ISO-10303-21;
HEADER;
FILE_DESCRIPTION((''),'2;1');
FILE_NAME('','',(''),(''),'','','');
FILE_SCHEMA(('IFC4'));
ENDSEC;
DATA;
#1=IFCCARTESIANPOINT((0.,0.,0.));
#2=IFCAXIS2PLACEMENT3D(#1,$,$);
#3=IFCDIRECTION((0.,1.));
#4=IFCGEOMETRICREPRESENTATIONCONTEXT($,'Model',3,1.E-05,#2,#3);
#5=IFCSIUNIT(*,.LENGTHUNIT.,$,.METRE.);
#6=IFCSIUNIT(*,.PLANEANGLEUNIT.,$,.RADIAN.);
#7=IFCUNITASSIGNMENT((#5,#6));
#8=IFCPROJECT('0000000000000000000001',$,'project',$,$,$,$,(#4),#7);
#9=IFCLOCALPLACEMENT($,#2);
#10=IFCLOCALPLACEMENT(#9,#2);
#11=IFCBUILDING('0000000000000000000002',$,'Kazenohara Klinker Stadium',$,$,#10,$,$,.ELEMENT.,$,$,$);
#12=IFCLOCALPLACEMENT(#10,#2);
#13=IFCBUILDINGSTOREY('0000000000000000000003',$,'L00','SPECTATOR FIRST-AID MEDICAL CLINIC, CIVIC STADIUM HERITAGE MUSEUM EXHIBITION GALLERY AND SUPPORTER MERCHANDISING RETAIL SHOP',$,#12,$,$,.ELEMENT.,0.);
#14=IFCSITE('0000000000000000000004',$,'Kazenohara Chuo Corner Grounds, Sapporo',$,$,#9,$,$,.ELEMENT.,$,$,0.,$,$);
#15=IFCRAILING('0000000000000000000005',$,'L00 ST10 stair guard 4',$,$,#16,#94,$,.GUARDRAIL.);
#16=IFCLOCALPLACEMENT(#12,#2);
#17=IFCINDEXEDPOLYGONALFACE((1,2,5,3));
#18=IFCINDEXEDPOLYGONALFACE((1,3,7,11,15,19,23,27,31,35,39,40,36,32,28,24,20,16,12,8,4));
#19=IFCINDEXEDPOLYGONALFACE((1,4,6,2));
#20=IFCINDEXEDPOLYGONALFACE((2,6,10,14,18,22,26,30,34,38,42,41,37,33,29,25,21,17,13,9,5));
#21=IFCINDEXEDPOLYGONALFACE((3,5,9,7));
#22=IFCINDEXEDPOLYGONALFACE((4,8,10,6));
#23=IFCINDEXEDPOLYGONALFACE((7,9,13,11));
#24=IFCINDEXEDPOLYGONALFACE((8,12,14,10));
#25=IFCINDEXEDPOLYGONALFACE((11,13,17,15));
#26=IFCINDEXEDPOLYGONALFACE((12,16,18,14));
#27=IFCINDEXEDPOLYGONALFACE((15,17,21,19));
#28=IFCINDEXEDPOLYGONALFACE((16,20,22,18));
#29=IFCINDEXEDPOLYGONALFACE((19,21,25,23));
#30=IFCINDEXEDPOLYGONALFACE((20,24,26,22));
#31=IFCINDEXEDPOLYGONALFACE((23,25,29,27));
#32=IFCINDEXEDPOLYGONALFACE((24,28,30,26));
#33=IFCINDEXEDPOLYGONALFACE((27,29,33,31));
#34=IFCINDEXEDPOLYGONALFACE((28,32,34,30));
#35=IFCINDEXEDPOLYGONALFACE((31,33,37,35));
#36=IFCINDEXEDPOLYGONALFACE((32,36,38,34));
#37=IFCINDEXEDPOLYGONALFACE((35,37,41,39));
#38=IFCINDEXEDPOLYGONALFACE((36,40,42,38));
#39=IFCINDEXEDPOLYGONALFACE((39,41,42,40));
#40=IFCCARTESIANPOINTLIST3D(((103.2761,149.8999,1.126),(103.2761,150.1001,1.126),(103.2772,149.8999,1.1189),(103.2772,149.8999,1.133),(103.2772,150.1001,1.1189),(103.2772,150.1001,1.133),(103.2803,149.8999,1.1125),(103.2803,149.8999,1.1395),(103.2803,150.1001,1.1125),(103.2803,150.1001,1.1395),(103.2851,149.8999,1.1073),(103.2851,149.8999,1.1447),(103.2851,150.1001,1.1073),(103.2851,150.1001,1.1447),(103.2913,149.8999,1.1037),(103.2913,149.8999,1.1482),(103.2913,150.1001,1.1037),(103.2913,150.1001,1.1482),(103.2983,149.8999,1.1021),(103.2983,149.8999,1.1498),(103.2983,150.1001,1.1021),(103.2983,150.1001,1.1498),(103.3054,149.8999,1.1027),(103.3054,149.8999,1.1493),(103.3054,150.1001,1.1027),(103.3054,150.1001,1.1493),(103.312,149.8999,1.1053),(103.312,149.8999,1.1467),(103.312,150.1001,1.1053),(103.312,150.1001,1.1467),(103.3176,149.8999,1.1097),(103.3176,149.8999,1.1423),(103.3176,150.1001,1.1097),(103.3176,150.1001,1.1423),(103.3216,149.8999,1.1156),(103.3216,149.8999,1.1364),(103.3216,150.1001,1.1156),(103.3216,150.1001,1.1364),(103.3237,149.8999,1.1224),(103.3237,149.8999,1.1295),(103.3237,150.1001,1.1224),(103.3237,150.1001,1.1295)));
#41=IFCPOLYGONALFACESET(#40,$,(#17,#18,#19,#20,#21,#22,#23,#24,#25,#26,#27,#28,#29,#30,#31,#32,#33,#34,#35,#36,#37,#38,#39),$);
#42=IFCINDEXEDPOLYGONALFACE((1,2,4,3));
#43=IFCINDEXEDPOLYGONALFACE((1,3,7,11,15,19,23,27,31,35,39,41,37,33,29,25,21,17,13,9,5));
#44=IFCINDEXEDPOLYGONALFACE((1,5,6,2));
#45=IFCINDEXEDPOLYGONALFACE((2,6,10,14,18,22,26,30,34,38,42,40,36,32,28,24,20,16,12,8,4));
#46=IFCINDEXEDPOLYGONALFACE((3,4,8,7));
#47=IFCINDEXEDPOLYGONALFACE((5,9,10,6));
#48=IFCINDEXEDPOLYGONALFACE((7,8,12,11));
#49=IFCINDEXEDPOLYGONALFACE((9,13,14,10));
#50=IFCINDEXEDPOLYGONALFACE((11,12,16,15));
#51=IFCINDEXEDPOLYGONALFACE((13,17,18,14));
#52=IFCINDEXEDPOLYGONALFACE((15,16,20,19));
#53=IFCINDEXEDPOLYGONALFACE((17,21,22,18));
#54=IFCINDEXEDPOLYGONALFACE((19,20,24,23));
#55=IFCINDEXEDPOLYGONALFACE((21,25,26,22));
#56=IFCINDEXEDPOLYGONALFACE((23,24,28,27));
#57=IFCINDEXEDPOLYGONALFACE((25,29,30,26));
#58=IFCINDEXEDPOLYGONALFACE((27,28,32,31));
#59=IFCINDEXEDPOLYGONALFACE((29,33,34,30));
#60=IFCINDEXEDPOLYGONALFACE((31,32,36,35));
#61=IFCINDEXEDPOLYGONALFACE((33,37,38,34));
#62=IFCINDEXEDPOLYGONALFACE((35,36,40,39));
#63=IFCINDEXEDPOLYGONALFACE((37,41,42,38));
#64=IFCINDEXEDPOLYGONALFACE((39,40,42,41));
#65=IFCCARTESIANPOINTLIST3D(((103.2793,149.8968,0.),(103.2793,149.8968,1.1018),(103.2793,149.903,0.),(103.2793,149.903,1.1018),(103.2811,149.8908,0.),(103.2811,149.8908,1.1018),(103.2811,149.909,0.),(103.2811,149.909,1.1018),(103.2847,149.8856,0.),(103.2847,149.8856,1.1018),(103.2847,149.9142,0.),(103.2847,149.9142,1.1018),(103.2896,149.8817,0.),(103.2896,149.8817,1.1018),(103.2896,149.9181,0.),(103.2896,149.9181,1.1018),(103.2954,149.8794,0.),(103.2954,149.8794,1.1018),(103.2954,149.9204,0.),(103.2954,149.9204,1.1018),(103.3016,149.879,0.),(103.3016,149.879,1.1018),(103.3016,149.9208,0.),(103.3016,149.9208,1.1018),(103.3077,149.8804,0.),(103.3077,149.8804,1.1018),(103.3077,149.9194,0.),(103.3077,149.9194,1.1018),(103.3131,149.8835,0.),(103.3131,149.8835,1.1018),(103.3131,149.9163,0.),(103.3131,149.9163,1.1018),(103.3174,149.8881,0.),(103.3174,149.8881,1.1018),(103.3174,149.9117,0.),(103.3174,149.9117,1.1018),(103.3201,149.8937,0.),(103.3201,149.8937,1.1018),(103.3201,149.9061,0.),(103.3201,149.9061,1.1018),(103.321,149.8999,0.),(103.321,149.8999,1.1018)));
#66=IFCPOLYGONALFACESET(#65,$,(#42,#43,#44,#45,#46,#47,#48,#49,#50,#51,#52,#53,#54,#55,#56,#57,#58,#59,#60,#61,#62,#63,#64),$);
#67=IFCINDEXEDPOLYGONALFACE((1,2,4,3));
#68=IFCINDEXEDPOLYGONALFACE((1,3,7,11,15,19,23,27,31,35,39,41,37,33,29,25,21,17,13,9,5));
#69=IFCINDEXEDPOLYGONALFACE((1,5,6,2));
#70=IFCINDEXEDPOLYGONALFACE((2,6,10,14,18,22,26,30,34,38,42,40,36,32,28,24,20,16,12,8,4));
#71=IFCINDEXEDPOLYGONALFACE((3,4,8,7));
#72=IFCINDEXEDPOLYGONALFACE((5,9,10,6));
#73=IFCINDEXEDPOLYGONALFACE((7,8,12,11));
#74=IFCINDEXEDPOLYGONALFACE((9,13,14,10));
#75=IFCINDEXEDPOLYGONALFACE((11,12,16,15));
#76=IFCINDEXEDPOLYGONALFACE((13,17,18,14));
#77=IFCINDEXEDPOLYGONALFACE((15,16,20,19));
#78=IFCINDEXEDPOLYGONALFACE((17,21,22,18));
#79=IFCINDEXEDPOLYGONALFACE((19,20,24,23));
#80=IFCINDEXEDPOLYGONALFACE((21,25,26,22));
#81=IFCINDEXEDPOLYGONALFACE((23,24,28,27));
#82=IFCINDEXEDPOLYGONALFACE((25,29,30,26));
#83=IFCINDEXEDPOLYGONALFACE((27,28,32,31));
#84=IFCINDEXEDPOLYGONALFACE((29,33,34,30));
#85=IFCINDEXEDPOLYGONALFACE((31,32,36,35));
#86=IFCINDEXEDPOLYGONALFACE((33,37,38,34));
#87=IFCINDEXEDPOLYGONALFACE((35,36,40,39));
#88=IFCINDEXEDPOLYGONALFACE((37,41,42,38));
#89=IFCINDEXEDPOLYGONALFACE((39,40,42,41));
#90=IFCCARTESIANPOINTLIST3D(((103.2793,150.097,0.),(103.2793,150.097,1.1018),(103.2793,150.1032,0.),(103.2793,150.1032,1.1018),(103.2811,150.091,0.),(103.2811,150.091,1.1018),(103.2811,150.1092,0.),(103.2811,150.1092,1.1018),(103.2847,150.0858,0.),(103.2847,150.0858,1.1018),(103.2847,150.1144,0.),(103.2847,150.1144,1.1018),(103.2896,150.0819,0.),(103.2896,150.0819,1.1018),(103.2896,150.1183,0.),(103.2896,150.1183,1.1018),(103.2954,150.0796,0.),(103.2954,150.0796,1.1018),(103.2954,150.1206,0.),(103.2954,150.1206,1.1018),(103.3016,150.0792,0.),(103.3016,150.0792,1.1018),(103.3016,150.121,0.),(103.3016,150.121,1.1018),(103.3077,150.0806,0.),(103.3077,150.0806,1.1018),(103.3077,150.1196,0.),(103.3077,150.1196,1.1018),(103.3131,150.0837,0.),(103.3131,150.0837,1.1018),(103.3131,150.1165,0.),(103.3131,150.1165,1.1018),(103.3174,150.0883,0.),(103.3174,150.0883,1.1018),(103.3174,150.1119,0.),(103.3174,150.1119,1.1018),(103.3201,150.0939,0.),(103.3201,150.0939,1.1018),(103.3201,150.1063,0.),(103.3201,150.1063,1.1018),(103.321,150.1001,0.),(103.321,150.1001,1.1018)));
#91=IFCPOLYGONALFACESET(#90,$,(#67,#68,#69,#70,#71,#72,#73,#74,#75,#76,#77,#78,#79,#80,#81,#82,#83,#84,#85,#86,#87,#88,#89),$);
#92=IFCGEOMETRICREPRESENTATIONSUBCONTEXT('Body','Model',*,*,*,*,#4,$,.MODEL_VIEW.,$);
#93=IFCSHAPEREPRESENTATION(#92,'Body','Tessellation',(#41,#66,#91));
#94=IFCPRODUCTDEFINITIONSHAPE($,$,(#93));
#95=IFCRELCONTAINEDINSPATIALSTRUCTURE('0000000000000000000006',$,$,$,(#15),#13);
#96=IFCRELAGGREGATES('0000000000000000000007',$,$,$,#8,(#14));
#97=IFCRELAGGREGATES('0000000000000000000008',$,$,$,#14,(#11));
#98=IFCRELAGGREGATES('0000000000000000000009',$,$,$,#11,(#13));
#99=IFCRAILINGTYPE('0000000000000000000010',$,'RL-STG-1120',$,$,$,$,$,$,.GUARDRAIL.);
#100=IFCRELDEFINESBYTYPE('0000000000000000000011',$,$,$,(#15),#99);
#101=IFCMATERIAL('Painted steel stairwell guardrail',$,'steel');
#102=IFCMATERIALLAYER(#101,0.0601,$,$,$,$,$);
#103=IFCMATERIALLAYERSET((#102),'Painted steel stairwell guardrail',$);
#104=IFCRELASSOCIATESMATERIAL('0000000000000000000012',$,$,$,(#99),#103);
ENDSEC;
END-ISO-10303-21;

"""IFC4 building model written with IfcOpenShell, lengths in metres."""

from ifc_helpers import new_model, si_unit, direction, frame, origin, origin_2d, place, context, subcontext, project, spatial, circle, extrude, material, layer, layer_set, type_object, element, save


model = new_model("IFC4")

# Units and contexts
model_context = context("Model", 3, precision=1e-05, world=origin(), true_north=direction((0.0, 1.0)))
body_context = subcontext(model_context, "Body", "Model", "MODEL_VIEW")
ifc_project = project(units=[si_unit("LENGTHUNIT", "METRE"), si_unit("PLANEANGLEUNIT", "RADIAN")], contexts=[model_context])

# Site, building, storey
site_placement = place(None, origin())
site = spatial("IfcSite", under=ifc_project, at=site_placement, Name="Kazenohara Chuo Corner Grounds, Sapporo", CompositionType="ELEMENT", RefElevation=0.0)
building_placement = place(site_placement, origin())
building = spatial("IfcBuilding", under=site, at=building_placement, Name="Kazenohara Klinker Stadium", CompositionType="ELEMENT")
storey_placement = place(building_placement, origin())
storey = spatial("IfcBuildingStorey", under=building, at=storey_placement, Name="L00", Description="SPECTATOR FIRST-AID MEDICAL CLINIC, CIVIC STADIUM HERITAGE MUSEUM EXHIBITION GALLERY AND SUPPORTER MERCHANDISING RETAIL SHOP", CompositionType="ELEMENT", Elevation=0.0)

# Railing
ifc_material_1 = material(Name="Painted steel stairwell guardrail", Category="steel")
ifc_layer_1 = layer(ifc_material_1, 0.0601)
ifc_layer_set_1 = layer_set([ifc_layer_1], Name="Painted steel stairwell guardrail")
railing_type_1 = type_object("IfcRailingType", Name="RL-STG-1120", PredefinedType="GUARDRAIL", material=ifc_layer_set_1)
railing_1_placement = place(storey_placement, frame((103.3, 149.8999, 0.0)))
element("IfcRailing", 1, at=railing_1_placement, inside=storey, type_object=railing_type_1, Name="L00 ST10 stair guard 4", PredefinedType="GUARDRAIL", context=body_context, shape_type="SweptSolid", body=[
    extrude(circle(Radius=0.0239, at=origin_2d()), frame((0.0, 0.0, 1.126), z_axis=(0.0, 1.0, 0.0), x_axis=(-1.0, 0.0, 0.0)), (0.0, 0.0, 1.0), 0.2002),
    extrude(circle(Radius=0.021, at=origin_2d()), origin(), (0.0, 0.0, 1.0), 1.1018),
    extrude(circle(Radius=0.021, at=origin_2d()), frame((0.0, 0.2002, 0.0)), (0.0, 0.0, 1.0), 1.1018),
])

save(model, "model.ifc")
